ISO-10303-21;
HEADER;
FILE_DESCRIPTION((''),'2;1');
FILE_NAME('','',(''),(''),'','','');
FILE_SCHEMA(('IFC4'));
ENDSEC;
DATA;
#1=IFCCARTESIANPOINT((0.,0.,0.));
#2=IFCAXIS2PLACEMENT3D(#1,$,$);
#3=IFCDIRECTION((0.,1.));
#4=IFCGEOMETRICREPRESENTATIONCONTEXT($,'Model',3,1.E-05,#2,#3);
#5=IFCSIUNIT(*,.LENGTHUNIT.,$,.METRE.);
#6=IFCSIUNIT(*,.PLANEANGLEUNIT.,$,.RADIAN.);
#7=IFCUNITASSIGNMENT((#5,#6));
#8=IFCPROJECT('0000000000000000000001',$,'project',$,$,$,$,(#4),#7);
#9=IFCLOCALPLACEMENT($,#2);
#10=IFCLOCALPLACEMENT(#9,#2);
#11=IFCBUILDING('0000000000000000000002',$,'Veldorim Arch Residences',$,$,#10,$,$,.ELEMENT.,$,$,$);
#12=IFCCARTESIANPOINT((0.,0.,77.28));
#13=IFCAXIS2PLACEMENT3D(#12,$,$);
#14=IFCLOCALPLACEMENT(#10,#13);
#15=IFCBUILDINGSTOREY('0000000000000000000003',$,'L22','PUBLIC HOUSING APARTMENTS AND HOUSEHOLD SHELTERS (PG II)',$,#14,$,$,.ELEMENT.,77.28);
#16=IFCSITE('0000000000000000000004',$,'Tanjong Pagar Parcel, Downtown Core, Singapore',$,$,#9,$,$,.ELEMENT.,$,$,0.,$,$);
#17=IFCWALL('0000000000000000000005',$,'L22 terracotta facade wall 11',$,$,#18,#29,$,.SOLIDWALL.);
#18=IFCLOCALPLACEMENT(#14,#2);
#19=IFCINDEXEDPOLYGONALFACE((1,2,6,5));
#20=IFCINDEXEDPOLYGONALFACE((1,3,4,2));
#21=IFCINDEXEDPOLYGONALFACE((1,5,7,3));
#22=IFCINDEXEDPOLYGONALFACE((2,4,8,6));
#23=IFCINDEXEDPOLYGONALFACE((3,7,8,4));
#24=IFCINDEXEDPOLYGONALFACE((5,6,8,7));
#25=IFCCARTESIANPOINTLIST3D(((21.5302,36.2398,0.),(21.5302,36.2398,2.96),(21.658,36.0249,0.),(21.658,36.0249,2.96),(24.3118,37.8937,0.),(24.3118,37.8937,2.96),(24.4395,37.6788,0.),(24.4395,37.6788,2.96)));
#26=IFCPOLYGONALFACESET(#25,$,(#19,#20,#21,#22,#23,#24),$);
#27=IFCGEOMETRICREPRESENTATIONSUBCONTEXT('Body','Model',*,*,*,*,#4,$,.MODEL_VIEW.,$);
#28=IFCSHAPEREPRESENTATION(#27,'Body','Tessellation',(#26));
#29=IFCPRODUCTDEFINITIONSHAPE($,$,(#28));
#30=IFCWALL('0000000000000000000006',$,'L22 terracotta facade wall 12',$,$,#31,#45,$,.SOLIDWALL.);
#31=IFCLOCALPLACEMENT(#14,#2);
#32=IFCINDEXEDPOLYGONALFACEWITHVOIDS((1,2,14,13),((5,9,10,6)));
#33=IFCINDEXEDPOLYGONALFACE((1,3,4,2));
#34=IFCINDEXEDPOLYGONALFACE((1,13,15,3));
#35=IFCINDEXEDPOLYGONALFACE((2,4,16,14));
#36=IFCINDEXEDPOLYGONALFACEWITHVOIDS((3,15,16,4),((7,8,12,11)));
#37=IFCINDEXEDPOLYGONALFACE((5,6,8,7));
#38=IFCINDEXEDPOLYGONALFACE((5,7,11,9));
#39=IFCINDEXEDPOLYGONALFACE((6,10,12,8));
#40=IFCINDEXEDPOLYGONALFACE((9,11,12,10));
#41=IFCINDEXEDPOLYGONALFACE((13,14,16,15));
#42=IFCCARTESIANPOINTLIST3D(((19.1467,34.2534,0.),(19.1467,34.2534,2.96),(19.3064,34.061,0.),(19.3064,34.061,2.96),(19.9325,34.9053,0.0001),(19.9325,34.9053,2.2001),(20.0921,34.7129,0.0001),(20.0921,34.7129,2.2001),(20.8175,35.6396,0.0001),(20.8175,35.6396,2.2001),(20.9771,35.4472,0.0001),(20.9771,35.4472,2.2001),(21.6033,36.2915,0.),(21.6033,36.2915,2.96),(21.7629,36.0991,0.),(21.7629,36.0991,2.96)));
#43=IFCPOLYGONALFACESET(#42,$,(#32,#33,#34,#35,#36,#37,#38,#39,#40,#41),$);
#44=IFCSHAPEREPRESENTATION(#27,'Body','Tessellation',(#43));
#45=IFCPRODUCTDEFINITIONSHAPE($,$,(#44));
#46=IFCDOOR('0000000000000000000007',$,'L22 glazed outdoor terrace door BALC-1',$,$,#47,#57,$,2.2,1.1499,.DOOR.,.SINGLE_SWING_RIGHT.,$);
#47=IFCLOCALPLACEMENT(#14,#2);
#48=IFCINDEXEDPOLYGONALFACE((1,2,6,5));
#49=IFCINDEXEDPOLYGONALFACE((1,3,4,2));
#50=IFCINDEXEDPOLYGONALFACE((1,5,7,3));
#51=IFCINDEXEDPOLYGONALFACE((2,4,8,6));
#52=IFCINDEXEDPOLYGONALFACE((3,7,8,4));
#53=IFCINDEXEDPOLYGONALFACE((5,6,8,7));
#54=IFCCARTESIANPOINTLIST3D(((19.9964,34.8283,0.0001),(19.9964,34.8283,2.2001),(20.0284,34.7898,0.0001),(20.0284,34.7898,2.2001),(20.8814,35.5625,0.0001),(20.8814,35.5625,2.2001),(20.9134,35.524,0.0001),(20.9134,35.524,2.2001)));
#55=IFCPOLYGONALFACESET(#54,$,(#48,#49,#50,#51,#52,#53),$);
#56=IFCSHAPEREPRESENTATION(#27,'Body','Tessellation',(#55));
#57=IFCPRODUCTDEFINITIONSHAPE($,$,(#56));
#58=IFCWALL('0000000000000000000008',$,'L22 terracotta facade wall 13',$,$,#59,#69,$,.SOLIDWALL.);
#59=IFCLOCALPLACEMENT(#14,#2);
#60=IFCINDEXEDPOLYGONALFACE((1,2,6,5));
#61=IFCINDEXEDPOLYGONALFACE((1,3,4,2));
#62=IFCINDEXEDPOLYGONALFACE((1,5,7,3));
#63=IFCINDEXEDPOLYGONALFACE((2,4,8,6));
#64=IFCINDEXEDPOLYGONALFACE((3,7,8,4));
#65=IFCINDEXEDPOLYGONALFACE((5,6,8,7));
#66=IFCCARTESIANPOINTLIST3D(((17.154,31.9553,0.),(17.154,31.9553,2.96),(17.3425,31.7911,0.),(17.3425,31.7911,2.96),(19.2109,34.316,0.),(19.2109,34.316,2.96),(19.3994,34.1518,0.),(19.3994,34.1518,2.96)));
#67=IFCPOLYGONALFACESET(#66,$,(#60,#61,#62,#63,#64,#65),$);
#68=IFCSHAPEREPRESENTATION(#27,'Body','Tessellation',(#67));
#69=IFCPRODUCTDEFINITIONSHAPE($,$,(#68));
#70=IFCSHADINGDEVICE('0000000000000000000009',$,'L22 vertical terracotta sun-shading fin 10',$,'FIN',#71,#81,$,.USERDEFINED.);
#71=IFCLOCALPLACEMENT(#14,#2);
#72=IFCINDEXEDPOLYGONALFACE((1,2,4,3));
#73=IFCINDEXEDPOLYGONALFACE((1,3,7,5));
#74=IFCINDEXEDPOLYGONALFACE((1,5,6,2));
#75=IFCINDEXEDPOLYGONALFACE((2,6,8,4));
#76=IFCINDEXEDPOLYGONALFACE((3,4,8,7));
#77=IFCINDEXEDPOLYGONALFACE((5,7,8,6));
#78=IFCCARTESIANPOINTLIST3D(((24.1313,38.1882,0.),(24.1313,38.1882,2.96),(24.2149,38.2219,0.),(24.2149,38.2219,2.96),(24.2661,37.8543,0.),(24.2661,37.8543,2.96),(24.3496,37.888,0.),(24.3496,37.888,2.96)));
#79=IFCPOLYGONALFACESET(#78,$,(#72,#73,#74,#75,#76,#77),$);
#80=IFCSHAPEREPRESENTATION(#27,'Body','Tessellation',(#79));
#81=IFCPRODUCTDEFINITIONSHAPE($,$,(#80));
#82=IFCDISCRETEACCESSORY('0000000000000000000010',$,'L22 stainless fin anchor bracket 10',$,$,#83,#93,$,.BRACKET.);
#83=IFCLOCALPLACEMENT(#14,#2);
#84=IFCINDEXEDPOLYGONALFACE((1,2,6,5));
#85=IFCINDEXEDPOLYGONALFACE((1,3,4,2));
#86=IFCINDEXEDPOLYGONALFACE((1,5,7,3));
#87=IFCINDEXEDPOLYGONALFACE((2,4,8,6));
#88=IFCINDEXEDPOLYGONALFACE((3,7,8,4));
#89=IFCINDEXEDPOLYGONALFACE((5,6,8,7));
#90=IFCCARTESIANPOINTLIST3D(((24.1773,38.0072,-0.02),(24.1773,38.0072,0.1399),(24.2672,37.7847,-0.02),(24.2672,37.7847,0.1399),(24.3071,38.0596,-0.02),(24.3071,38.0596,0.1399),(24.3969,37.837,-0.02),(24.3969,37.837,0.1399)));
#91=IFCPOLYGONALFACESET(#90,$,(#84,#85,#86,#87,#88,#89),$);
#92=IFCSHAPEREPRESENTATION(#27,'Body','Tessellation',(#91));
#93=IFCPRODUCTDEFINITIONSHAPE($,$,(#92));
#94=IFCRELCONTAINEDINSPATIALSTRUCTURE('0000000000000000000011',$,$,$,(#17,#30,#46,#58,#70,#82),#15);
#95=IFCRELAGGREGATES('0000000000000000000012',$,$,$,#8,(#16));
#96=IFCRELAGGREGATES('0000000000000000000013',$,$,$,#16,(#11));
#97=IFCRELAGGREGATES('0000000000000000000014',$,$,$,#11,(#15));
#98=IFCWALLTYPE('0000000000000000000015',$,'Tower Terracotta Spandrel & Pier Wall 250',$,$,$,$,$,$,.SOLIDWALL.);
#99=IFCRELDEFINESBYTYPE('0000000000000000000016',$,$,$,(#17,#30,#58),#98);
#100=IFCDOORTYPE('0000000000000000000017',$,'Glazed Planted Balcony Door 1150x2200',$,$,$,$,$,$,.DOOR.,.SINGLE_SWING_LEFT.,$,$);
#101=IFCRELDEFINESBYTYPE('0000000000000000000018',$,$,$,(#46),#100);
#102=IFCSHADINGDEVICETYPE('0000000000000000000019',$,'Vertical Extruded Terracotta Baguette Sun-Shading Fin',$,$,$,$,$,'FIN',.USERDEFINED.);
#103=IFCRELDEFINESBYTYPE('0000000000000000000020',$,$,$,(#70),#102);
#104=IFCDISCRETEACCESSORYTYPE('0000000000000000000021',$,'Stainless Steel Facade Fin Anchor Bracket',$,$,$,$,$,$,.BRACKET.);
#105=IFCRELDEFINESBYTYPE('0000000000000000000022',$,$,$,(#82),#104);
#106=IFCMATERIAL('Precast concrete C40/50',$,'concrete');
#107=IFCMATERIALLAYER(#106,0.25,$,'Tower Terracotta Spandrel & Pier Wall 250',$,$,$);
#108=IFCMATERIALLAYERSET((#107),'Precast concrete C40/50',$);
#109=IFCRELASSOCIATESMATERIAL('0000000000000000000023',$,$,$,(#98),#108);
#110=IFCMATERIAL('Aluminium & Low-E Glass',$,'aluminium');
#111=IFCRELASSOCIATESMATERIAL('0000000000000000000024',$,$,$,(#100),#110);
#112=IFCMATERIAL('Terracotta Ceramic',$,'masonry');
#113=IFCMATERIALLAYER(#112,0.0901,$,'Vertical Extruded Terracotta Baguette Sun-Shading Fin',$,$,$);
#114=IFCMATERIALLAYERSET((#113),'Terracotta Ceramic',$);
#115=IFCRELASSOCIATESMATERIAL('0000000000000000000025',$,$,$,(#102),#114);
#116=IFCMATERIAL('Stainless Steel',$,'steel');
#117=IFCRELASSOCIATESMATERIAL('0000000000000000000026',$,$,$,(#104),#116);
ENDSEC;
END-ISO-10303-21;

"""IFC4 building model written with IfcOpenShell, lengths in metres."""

from ifc_helpers import new_model, si_unit, direction, frame, frame_2d, origin, origin_2d, place, context, subcontext, project, spatial, rectangle, extrude, material, layer, layer_set, type_object, element, fill, save


model = new_model("IFC4")

# Units and contexts
model_context = context("Model", 3, precision=1e-05, world=origin(), true_north=direction((0.0, 1.0)))
body_context = subcontext(model_context, "Body", "Model", "MODEL_VIEW")
ifc_project = project(units=[si_unit("LENGTHUNIT", "METRE"), si_unit("PLANEANGLEUNIT", "RADIAN")], contexts=[model_context])

# Site, building, storey
site_placement = place(None, origin())
site = spatial("IfcSite", under=ifc_project, at=site_placement, Name="Tanjong Pagar Parcel, Downtown Core, Singapore", CompositionType="ELEMENT", RefElevation=0.0)
building_placement = place(site_placement, origin())
building = spatial("IfcBuilding", under=site, at=building_placement, Name="Veldorim Arch Residences", CompositionType="ELEMENT")
storey_placement = place(building_placement, frame((0.0, 0.0, 77.28)))
storey = spatial("IfcBuildingStorey", under=building, at=storey_placement, Name="L22", Description="PUBLIC HOUSING APARTMENTS AND HOUSEHOLD SHELTERS (PG II)", CompositionType="ELEMENT", Elevation=77.28)

# Wall
ifc_material_1 = material(Name="Precast concrete C40/50", Category="concrete")
ifc_layer_1 = layer(ifc_material_1, 0.25, Name="Tower Terracotta Spandrel & Pier Wall 250")
ifc_layer_set_1 = layer_set([ifc_layer_1], Name="Precast concrete C40/50")
wall_type_1 = type_object("IfcWallType", Name="Tower Terracotta Spandrel & Pier Wall 250", PredefinedType="SOLIDWALL", material=ifc_layer_set_1)
wall_1_placement = place(storey_placement, frame((21.594, 36.1323, 0.0), z_axis=(0.0, 0.0, 1.0), x_axis=(0.859543, 0.511063, 0.0)))
element("IfcWall", 1, at=wall_1_placement, inside=storey, type_object=wall_type_1, Name="L22 terracotta facade wall 11", PredefinedType="SOLIDWALL", context=body_context, shape_type="SweptSolid", body=[
    extrude(rectangle(XDim=3.2361, YDim=0.25, at=frame_2d((1.6182, 0.0))), origin(), (0.0, 0.0, 1.0), 2.96),
])

# Wall, opening, door
wall_2_placement = place(storey_placement, frame((19.2266, 34.1572, 0.0), z_axis=(0.0, 0.0, 1.0), x_axis=(0.769611, 0.638513, 0.0)))
wall_2 = element("IfcWall", 2, at=wall_2_placement, inside=storey, type_object=wall_type_1, Name="L22 terracotta facade wall 12", PredefinedType="SOLIDWALL", context=body_context, shape_type="SweptSolid", body=[
    extrude(rectangle(XDim=3.1919, YDim=0.25, at=frame_2d((1.5959, 0.0))), origin(), (0.0, 0.0, 1.0), 2.96),
])
opening_1_placement = place(wall_2_placement, frame((1.021, 0.0, 0.0)))
opening_1 = element("IfcOpeningElement", 3, at=opening_1_placement, cuts=wall_2, PredefinedType="OPENING", context=body_context, shape_type="SweptSolid", body=[
    extrude(rectangle(XDim=1.1499, YDim=2.2, at=frame_2d((0.575, 1.1001))), frame((0.0, 0.135, 0.0), z_axis=(0.0, -1.0, 0.0), x_axis=(1.0, 0.0, 0.0)), (0.0, 0.0, 1.0), 0.27),
])
ifc_material_2 = material(Name="Aluminium & Low-E Glass", Category="aluminium")
door_type_1 = type_object("IfcDoorType", Name="Glazed Planted Balcony Door 1150x2200", OperationType="SINGLE_SWING_LEFT", PredefinedType="DOOR", material=ifc_material_2)
door_1_placement = place(opening_1_placement, origin())
door_1 = element("IfcDoor", 4, at=door_1_placement, inside=storey, type_object=door_type_1, Name="L22 glazed outdoor terrace door BALC-1", OperationType="SINGLE_SWING_RIGHT", OverallHeight=2.2, OverallWidth=1.1499, PredefinedType="DOOR", context=body_context, shape_type="SweptSolid", body=[
    extrude(rectangle(XDim=1.1499, YDim=2.2, at=frame_2d((0.575, 1.1001))), frame((0.0, 0.0249, 0.0), z_axis=(0.0, -1.0, 0.0), x_axis=(1.0, 0.0, 0.0)), (0.0, 0.0, 1.0), 0.05),
])
fill(opening_1, door_1)

# Wall
wall_3_placement = place(storey_placement, frame((17.2483, 31.8733, 0.0), z_axis=(0.0, 0.0, 1.0), x_axis=(0.656941, 0.753942, 0.0)))
element("IfcWall", 5, at=wall_3_placement, inside=storey, type_object=wall_type_1, Name="L22 terracotta facade wall 13", PredefinedType="SOLIDWALL", context=body_context, shape_type="SweptSolid", body=[
    extrude(rectangle(XDim=3.1311, YDim=0.25, at=frame_2d((1.5654, 0.0))), origin(), (0.0, 0.0, 1.0), 2.96),
])

# Shading device
ifc_material_3 = material(Name="Terracotta Ceramic", Category="masonry")
ifc_layer_2 = layer(ifc_material_3, 0.0901, Name="Vertical Extruded Terracotta Baguette Sun-Shading Fin")
ifc_layer_set_2 = layer_set([ifc_layer_2], Name="Terracotta Ceramic")
shading_device_type = type_object("IfcShadingDeviceType", Name="Vertical Extruded Terracotta Baguette Sun-Shading Fin", ElementType="FIN", PredefinedType="USERDEFINED", material=ifc_layer_set_2)
shading_device_placement = place(storey_placement, frame((24.2405, 38.0381, 0.0), z_axis=(0.0, 0.0, 1.0), x_axis=(0.927315, 0.374283, 0.0)))
element("IfcShadingDevice", 6, at=shading_device_placement, inside=storey, type_object=shading_device_type, Name="L22 vertical terracotta sun-shading fin 10", ObjectType="FIN", PredefinedType="USERDEFINED", context=body_context, shape_type="SweptSolid", body=[
    extrude(rectangle(XDim=0.0901, YDim=0.3601, at=origin_2d()), origin(), (0.0, 0.0, 1.0), 2.96),
])

# Discrete accessory
ifc_material_4 = material(Name="Stainless Steel", Category="steel")
discrete_accessory_type = type_object("IfcDiscreteAccessoryType", Name="Stainless Steel Facade Fin Anchor Bracket", PredefinedType="BRACKET", material=ifc_material_4)
discrete_accessory_placement = place(storey_placement, frame((24.2871, 37.9221, -0.02), z_axis=(0.0, 0.0, 1.0), x_axis=(0.927315, 0.374283, 0.0)))
element("IfcDiscreteAccessory", 7, at=discrete_accessory_placement, inside=storey, type_object=discrete_accessory_type, Name="L22 stainless fin anchor bracket 10", PredefinedType="BRACKET", context=body_context, shape_type="SweptSolid", body=[
    extrude(rectangle(XDim=0.1399, YDim=0.24, at=origin_2d()), origin(), (0.0, 0.0, 1.0), 0.1599),
])

save(model, "model.ifc")
